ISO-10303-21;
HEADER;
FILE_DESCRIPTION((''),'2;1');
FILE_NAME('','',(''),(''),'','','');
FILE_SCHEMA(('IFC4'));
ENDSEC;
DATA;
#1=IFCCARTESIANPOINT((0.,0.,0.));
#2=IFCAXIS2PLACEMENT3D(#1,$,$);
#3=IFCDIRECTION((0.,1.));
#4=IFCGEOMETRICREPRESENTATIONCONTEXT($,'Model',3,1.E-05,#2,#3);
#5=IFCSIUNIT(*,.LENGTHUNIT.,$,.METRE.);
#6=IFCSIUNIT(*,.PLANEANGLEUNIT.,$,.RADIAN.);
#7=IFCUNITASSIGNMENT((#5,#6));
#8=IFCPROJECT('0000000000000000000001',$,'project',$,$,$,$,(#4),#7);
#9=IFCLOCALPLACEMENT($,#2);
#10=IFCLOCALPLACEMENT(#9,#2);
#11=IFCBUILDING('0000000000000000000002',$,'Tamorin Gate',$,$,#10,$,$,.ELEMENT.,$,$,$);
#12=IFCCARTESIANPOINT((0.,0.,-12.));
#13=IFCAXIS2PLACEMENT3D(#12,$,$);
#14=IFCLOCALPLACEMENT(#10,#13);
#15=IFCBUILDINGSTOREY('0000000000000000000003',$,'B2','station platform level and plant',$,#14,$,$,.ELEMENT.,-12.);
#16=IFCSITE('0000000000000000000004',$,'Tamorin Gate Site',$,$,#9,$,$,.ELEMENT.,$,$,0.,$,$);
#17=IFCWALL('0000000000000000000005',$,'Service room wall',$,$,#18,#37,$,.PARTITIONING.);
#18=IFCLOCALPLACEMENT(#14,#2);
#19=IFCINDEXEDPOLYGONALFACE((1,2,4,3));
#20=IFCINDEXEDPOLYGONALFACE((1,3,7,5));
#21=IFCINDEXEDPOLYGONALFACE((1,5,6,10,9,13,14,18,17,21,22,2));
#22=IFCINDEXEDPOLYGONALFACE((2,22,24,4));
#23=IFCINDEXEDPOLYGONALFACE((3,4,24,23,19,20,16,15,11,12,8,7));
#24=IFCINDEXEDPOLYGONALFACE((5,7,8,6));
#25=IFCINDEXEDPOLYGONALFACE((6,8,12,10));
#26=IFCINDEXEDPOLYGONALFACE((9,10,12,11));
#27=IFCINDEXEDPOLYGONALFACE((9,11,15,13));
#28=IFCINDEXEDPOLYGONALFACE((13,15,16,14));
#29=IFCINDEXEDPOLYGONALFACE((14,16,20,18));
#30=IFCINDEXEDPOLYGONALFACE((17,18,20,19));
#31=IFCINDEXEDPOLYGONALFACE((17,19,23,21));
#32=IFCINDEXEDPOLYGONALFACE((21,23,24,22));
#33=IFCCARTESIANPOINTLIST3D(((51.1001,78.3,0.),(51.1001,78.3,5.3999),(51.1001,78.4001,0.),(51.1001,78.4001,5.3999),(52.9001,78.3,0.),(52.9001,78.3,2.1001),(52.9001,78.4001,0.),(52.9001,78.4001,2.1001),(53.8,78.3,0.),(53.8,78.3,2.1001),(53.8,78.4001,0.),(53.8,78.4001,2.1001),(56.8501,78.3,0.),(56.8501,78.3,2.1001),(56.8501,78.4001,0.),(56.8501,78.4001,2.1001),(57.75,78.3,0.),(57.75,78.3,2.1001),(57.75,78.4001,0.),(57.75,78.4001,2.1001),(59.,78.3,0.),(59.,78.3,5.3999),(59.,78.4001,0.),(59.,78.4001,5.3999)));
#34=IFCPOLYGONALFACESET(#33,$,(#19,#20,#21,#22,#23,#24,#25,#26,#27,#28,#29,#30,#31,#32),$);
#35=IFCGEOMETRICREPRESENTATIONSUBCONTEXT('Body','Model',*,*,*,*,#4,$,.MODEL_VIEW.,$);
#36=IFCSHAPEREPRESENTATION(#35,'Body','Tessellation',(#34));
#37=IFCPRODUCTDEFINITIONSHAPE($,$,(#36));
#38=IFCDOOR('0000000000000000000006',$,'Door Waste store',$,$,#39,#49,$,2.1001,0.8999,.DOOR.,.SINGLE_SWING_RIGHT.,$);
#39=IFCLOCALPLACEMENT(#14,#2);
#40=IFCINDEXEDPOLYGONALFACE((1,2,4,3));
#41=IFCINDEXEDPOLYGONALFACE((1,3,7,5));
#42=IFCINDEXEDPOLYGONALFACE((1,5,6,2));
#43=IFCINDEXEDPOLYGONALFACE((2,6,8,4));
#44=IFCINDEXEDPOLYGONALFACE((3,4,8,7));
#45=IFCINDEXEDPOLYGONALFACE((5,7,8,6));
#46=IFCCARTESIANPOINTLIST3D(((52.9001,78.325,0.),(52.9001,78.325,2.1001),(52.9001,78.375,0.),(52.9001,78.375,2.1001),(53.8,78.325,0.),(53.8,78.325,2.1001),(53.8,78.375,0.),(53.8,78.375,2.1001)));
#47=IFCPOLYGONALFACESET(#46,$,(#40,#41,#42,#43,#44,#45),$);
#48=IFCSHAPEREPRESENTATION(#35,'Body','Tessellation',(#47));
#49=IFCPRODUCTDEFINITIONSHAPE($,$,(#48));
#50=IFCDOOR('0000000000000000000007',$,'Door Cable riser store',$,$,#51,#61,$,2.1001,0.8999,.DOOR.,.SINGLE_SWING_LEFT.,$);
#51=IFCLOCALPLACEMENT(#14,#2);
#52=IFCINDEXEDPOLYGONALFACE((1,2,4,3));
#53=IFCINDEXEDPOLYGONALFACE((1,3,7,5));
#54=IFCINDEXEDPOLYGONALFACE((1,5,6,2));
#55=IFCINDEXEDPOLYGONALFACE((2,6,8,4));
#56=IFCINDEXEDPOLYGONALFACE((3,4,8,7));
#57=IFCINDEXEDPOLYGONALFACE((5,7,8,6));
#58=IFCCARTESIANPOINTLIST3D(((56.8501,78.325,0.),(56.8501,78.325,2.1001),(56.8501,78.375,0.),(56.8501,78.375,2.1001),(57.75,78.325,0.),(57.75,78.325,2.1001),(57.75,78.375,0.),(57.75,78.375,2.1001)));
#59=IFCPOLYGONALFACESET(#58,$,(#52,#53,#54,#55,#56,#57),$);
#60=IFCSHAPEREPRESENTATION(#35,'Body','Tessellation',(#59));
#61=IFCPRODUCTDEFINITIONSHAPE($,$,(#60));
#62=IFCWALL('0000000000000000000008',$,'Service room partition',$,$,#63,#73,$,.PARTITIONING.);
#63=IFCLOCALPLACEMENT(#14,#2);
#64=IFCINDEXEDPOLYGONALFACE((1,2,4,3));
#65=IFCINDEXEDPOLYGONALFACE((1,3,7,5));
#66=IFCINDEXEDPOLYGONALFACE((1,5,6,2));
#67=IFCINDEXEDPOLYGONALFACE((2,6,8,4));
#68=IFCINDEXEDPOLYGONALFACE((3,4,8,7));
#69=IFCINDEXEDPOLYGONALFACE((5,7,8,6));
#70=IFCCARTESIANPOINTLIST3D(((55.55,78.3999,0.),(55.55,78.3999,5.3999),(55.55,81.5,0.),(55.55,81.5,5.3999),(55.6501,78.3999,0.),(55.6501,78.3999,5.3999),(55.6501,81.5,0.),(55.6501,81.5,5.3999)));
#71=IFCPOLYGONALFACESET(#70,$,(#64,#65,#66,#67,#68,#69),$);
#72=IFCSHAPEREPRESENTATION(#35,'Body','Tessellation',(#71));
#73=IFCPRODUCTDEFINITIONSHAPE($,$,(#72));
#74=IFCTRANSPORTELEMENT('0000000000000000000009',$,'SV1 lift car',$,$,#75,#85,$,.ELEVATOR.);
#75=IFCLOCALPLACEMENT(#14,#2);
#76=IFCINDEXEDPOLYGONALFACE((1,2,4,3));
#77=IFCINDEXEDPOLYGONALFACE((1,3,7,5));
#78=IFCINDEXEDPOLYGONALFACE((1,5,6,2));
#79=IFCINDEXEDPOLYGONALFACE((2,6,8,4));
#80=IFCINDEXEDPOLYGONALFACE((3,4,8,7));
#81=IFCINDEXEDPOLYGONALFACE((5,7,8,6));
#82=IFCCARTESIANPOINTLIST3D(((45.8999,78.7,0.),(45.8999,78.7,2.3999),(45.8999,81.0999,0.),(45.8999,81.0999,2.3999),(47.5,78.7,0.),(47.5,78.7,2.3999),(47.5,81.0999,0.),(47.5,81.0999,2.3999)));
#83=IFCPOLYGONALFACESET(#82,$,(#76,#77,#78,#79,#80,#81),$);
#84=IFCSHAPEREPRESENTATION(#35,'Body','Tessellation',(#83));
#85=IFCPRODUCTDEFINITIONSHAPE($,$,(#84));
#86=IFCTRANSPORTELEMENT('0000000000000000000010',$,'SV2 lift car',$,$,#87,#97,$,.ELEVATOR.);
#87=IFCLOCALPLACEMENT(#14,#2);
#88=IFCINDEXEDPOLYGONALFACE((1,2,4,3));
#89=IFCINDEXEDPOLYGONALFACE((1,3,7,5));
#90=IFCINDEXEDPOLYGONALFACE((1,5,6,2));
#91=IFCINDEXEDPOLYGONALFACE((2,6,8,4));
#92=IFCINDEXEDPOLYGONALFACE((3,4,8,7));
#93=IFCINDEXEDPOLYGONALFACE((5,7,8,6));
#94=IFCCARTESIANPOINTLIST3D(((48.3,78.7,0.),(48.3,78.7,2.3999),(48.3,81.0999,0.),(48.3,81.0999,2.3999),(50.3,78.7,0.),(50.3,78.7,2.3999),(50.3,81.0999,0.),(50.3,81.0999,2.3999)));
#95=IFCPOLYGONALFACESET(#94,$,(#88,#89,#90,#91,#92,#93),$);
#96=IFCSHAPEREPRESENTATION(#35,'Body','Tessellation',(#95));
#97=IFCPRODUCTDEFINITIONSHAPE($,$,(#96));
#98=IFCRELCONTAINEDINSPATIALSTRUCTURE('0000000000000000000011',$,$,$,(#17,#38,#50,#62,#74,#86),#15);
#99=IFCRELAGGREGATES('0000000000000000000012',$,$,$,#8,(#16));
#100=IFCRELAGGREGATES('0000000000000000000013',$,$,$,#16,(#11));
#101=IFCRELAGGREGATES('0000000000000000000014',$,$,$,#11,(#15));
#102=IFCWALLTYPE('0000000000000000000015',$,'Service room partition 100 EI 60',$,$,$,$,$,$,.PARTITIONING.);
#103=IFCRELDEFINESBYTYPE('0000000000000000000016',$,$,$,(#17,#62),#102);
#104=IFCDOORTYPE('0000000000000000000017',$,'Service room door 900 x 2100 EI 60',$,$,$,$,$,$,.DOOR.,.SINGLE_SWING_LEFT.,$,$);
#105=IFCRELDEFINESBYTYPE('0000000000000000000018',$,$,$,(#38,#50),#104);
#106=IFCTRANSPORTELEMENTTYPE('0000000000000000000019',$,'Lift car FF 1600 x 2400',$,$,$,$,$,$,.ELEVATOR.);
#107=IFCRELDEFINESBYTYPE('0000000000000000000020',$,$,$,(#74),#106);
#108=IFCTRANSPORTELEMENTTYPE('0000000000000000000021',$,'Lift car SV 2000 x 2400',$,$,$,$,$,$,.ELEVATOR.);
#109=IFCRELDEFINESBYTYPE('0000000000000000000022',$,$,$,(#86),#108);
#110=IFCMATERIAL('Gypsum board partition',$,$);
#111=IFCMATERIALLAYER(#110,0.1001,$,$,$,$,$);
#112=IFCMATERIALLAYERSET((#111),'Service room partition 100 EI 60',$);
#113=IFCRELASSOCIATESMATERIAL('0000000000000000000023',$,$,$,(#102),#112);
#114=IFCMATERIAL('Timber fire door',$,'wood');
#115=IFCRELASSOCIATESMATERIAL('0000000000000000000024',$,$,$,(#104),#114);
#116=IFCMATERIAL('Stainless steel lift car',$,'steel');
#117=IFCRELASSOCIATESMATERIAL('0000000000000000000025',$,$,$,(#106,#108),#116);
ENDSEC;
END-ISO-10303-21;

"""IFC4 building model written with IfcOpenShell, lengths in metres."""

from ifc_helpers import new_model, si_unit, direction, frame, frame_2d, origin, origin_2d, place, context, subcontext, project, spatial, rectangle, extrude, material, layer, layer_set, type_object, element, fill, save


model = new_model("IFC4")

# Units and contexts
model_context = context("Model", 3, precision=1e-05, world=origin(), true_north=direction((0.0, 1.0)))
body_context = subcontext(model_context, "Body", "Model", "MODEL_VIEW")
ifc_project = project(units=[si_unit("LENGTHUNIT", "METRE"), si_unit("PLANEANGLEUNIT", "RADIAN")], contexts=[model_context])

# Site, building, storey
site_placement = place(None, origin())
site = spatial("IfcSite", under=ifc_project, at=site_placement, Name="Tamorin Gate Site", CompositionType="ELEMENT", RefElevation=0.0)
building_placement = place(site_placement, origin())
building = spatial("IfcBuilding", under=site, at=building_placement, Name="Tamorin Gate", CompositionType="ELEMENT")
storey_placement = place(building_placement, frame((0.0, 0.0, -12.0)))
storey = spatial("IfcBuildingStorey", under=building, at=storey_placement, Name="B2", Description="station platform level and plant", CompositionType="ELEMENT", Elevation=-12.0)

# Shared definitions
ifc_material_1 = material(Name="Gypsum board partition")
ifc_layer_1 = layer(ifc_material_1, 0.1001)
ifc_layer_set_1 = layer_set([ifc_layer_1], Name="Service room partition 100 EI 60")
wall_type_1 = type_object("IfcWallType", Name="Service room partition 100 EI 60", PredefinedType="PARTITIONING", material=ifc_layer_set_1)

# Wall, openings, doors
wall_1_placement = place(storey_placement, frame((51.1001, 78.3501, 0.0), z_axis=(0.0, 0.0, 1.0), x_axis=(1.0, 0.0, 0.0)))
wall_1 = element("IfcWall", 1, at=wall_1_placement, inside=storey, type_object=wall_type_1, Name="Service room wall", PredefinedType="PARTITIONING", context=body_context, shape_type="SweptSolid", body=[
    extrude(rectangle(XDim=7.8999, YDim=0.1001, at=frame_2d((3.95, 0.0))), origin(), (0.0, 0.0, 1.0), 5.3999),
])
opening_1_placement = place(wall_1_placement, frame((1.8, 0.0, 0.0)))
opening_1 = element("IfcOpeningElement", 2, at=opening_1_placement, cuts=wall_1, PredefinedType="OPENING", context=body_context, shape_type="SweptSolid", body=[
    extrude(rectangle(XDim=0.8999, YDim=2.1001, at=frame_2d((0.45, 1.05))), frame((0.0, 0.0601, 0.0), z_axis=(0.0, -1.0, 0.0), x_axis=(1.0, 0.0, 0.0)), (0.0, 0.0, 1.0), 0.1201),
])
opening_2_placement = place(wall_1_placement, frame((5.75, 0.0, 0.0)))
opening_2 = element("IfcOpeningElement", 3, at=opening_2_placement, cuts=wall_1, PredefinedType="OPENING", context=body_context, shape_type="SweptSolid", body=[
    extrude(rectangle(XDim=0.8999, YDim=2.1001, at=frame_2d((0.45, 1.05))), frame((0.0, 0.0601, 0.0), z_axis=(0.0, -1.0, 0.0), x_axis=(1.0, 0.0, 0.0)), (0.0, 0.0, 1.0), 0.1201),
])
ifc_material_2 = material(Name="Timber fire door", Category="wood")
door_type_1 = type_object("IfcDoorType", Name="Service room door 900 x 2100 EI 60", OperationType="SINGLE_SWING_LEFT", PredefinedType="DOOR", material=ifc_material_2)
door_1_placement = place(opening_1_placement, origin())
door_1 = element("IfcDoor", 4, at=door_1_placement, inside=storey, type_object=door_type_1, Name="Door Waste store", OperationType="SINGLE_SWING_RIGHT", OverallHeight=2.1001, OverallWidth=0.8999, PredefinedType="DOOR", context=body_context, shape_type="SweptSolid", body=[
    extrude(rectangle(XDim=0.8999, YDim=2.1001, at=frame_2d((0.45, 1.05))), frame((0.0, 0.0249, 0.0), z_axis=(0.0, -1.0, 0.0), x_axis=(1.0, 0.0, 0.0)), (0.0, 0.0, 1.0), 0.05),
])
fill(opening_1, door_1)
door_2_placement = place(opening_2_placement, origin())
door_2 = element("IfcDoor", 5, at=door_2_placement, inside=storey, type_object=door_type_1, Name="Door Cable riser store", OperationType="SINGLE_SWING_LEFT", OverallHeight=2.1001, OverallWidth=0.8999, PredefinedType="DOOR", context=body_context, shape_type="SweptSolid", body=[
    extrude(rectangle(XDim=0.8999, YDim=2.1001, at=frame_2d((0.45, 1.05))), frame((0.0, 0.0249, 0.0), z_axis=(0.0, -1.0, 0.0), x_axis=(1.0, 0.0, 0.0)), (0.0, 0.0, 1.0), 0.05),
])
fill(opening_2, door_2)

# Wall
wall_2_placement = place(storey_placement, frame((55.6001, 78.3999, 0.0), z_axis=(0.0, 0.0, 1.0), x_axis=(0.0, 1.0, 0.0)))
element("IfcWall", 6, at=wall_2_placement, inside=storey, type_object=wall_type_1, Name="Service room partition", PredefinedType="PARTITIONING", context=body_context, shape_type="SweptSolid", body=[
    extrude(rectangle(XDim=3.1001, YDim=0.1001, at=frame_2d((1.55, 0.0))), origin(), (0.0, 0.0, 1.0), 5.3999),
])

# Transport elements
ifc_material_3 = material(Name="Stainless steel lift car", Category="steel")
transport_element_type_1 = type_object("IfcTransportElementType", Name="Lift car FF 1600 x 2400", PredefinedType="ELEVATOR", material=ifc_material_3)
transport_element_1_placement = place(storey_placement, frame((46.7, 79.8999, 0.0), z_axis=(0.0, 0.0, 1.0), x_axis=(1.0, 0.0, 0.0)))
element("IfcTransportElement", 7, at=transport_element_1_placement, inside=storey, type_object=transport_element_type_1, Name="SV1 lift car", PredefinedType="ELEVATOR", context=body_context, shape_type="SweptSolid", body=[
    extrude(rectangle(XDim=1.6001, YDim=2.3999, at=origin_2d()), origin(), (0.0, 0.0, 1.0), 2.3999),
])
transport_element_type_2 = type_object("IfcTransportElementType", Name="Lift car SV 2000 x 2400", PredefinedType="ELEVATOR", material=ifc_material_3)
transport_element_2_placement = place(storey_placement, frame((49.3, 79.8999, 0.0), z_axis=(0.0, 0.0, 1.0), x_axis=(1.0, 0.0, 0.0)))
element("IfcTransportElement", 8, at=transport_element_2_placement, inside=storey, type_object=transport_element_type_2, Name="SV2 lift car", PredefinedType="ELEVATOR", context=body_context, shape_type="SweptSolid", body=[
    extrude(rectangle(XDim=2.0, YDim=2.3999, at=origin_2d()), origin(), (0.0, 0.0, 1.0), 2.3999),
])

save(model, "model.ifc")
